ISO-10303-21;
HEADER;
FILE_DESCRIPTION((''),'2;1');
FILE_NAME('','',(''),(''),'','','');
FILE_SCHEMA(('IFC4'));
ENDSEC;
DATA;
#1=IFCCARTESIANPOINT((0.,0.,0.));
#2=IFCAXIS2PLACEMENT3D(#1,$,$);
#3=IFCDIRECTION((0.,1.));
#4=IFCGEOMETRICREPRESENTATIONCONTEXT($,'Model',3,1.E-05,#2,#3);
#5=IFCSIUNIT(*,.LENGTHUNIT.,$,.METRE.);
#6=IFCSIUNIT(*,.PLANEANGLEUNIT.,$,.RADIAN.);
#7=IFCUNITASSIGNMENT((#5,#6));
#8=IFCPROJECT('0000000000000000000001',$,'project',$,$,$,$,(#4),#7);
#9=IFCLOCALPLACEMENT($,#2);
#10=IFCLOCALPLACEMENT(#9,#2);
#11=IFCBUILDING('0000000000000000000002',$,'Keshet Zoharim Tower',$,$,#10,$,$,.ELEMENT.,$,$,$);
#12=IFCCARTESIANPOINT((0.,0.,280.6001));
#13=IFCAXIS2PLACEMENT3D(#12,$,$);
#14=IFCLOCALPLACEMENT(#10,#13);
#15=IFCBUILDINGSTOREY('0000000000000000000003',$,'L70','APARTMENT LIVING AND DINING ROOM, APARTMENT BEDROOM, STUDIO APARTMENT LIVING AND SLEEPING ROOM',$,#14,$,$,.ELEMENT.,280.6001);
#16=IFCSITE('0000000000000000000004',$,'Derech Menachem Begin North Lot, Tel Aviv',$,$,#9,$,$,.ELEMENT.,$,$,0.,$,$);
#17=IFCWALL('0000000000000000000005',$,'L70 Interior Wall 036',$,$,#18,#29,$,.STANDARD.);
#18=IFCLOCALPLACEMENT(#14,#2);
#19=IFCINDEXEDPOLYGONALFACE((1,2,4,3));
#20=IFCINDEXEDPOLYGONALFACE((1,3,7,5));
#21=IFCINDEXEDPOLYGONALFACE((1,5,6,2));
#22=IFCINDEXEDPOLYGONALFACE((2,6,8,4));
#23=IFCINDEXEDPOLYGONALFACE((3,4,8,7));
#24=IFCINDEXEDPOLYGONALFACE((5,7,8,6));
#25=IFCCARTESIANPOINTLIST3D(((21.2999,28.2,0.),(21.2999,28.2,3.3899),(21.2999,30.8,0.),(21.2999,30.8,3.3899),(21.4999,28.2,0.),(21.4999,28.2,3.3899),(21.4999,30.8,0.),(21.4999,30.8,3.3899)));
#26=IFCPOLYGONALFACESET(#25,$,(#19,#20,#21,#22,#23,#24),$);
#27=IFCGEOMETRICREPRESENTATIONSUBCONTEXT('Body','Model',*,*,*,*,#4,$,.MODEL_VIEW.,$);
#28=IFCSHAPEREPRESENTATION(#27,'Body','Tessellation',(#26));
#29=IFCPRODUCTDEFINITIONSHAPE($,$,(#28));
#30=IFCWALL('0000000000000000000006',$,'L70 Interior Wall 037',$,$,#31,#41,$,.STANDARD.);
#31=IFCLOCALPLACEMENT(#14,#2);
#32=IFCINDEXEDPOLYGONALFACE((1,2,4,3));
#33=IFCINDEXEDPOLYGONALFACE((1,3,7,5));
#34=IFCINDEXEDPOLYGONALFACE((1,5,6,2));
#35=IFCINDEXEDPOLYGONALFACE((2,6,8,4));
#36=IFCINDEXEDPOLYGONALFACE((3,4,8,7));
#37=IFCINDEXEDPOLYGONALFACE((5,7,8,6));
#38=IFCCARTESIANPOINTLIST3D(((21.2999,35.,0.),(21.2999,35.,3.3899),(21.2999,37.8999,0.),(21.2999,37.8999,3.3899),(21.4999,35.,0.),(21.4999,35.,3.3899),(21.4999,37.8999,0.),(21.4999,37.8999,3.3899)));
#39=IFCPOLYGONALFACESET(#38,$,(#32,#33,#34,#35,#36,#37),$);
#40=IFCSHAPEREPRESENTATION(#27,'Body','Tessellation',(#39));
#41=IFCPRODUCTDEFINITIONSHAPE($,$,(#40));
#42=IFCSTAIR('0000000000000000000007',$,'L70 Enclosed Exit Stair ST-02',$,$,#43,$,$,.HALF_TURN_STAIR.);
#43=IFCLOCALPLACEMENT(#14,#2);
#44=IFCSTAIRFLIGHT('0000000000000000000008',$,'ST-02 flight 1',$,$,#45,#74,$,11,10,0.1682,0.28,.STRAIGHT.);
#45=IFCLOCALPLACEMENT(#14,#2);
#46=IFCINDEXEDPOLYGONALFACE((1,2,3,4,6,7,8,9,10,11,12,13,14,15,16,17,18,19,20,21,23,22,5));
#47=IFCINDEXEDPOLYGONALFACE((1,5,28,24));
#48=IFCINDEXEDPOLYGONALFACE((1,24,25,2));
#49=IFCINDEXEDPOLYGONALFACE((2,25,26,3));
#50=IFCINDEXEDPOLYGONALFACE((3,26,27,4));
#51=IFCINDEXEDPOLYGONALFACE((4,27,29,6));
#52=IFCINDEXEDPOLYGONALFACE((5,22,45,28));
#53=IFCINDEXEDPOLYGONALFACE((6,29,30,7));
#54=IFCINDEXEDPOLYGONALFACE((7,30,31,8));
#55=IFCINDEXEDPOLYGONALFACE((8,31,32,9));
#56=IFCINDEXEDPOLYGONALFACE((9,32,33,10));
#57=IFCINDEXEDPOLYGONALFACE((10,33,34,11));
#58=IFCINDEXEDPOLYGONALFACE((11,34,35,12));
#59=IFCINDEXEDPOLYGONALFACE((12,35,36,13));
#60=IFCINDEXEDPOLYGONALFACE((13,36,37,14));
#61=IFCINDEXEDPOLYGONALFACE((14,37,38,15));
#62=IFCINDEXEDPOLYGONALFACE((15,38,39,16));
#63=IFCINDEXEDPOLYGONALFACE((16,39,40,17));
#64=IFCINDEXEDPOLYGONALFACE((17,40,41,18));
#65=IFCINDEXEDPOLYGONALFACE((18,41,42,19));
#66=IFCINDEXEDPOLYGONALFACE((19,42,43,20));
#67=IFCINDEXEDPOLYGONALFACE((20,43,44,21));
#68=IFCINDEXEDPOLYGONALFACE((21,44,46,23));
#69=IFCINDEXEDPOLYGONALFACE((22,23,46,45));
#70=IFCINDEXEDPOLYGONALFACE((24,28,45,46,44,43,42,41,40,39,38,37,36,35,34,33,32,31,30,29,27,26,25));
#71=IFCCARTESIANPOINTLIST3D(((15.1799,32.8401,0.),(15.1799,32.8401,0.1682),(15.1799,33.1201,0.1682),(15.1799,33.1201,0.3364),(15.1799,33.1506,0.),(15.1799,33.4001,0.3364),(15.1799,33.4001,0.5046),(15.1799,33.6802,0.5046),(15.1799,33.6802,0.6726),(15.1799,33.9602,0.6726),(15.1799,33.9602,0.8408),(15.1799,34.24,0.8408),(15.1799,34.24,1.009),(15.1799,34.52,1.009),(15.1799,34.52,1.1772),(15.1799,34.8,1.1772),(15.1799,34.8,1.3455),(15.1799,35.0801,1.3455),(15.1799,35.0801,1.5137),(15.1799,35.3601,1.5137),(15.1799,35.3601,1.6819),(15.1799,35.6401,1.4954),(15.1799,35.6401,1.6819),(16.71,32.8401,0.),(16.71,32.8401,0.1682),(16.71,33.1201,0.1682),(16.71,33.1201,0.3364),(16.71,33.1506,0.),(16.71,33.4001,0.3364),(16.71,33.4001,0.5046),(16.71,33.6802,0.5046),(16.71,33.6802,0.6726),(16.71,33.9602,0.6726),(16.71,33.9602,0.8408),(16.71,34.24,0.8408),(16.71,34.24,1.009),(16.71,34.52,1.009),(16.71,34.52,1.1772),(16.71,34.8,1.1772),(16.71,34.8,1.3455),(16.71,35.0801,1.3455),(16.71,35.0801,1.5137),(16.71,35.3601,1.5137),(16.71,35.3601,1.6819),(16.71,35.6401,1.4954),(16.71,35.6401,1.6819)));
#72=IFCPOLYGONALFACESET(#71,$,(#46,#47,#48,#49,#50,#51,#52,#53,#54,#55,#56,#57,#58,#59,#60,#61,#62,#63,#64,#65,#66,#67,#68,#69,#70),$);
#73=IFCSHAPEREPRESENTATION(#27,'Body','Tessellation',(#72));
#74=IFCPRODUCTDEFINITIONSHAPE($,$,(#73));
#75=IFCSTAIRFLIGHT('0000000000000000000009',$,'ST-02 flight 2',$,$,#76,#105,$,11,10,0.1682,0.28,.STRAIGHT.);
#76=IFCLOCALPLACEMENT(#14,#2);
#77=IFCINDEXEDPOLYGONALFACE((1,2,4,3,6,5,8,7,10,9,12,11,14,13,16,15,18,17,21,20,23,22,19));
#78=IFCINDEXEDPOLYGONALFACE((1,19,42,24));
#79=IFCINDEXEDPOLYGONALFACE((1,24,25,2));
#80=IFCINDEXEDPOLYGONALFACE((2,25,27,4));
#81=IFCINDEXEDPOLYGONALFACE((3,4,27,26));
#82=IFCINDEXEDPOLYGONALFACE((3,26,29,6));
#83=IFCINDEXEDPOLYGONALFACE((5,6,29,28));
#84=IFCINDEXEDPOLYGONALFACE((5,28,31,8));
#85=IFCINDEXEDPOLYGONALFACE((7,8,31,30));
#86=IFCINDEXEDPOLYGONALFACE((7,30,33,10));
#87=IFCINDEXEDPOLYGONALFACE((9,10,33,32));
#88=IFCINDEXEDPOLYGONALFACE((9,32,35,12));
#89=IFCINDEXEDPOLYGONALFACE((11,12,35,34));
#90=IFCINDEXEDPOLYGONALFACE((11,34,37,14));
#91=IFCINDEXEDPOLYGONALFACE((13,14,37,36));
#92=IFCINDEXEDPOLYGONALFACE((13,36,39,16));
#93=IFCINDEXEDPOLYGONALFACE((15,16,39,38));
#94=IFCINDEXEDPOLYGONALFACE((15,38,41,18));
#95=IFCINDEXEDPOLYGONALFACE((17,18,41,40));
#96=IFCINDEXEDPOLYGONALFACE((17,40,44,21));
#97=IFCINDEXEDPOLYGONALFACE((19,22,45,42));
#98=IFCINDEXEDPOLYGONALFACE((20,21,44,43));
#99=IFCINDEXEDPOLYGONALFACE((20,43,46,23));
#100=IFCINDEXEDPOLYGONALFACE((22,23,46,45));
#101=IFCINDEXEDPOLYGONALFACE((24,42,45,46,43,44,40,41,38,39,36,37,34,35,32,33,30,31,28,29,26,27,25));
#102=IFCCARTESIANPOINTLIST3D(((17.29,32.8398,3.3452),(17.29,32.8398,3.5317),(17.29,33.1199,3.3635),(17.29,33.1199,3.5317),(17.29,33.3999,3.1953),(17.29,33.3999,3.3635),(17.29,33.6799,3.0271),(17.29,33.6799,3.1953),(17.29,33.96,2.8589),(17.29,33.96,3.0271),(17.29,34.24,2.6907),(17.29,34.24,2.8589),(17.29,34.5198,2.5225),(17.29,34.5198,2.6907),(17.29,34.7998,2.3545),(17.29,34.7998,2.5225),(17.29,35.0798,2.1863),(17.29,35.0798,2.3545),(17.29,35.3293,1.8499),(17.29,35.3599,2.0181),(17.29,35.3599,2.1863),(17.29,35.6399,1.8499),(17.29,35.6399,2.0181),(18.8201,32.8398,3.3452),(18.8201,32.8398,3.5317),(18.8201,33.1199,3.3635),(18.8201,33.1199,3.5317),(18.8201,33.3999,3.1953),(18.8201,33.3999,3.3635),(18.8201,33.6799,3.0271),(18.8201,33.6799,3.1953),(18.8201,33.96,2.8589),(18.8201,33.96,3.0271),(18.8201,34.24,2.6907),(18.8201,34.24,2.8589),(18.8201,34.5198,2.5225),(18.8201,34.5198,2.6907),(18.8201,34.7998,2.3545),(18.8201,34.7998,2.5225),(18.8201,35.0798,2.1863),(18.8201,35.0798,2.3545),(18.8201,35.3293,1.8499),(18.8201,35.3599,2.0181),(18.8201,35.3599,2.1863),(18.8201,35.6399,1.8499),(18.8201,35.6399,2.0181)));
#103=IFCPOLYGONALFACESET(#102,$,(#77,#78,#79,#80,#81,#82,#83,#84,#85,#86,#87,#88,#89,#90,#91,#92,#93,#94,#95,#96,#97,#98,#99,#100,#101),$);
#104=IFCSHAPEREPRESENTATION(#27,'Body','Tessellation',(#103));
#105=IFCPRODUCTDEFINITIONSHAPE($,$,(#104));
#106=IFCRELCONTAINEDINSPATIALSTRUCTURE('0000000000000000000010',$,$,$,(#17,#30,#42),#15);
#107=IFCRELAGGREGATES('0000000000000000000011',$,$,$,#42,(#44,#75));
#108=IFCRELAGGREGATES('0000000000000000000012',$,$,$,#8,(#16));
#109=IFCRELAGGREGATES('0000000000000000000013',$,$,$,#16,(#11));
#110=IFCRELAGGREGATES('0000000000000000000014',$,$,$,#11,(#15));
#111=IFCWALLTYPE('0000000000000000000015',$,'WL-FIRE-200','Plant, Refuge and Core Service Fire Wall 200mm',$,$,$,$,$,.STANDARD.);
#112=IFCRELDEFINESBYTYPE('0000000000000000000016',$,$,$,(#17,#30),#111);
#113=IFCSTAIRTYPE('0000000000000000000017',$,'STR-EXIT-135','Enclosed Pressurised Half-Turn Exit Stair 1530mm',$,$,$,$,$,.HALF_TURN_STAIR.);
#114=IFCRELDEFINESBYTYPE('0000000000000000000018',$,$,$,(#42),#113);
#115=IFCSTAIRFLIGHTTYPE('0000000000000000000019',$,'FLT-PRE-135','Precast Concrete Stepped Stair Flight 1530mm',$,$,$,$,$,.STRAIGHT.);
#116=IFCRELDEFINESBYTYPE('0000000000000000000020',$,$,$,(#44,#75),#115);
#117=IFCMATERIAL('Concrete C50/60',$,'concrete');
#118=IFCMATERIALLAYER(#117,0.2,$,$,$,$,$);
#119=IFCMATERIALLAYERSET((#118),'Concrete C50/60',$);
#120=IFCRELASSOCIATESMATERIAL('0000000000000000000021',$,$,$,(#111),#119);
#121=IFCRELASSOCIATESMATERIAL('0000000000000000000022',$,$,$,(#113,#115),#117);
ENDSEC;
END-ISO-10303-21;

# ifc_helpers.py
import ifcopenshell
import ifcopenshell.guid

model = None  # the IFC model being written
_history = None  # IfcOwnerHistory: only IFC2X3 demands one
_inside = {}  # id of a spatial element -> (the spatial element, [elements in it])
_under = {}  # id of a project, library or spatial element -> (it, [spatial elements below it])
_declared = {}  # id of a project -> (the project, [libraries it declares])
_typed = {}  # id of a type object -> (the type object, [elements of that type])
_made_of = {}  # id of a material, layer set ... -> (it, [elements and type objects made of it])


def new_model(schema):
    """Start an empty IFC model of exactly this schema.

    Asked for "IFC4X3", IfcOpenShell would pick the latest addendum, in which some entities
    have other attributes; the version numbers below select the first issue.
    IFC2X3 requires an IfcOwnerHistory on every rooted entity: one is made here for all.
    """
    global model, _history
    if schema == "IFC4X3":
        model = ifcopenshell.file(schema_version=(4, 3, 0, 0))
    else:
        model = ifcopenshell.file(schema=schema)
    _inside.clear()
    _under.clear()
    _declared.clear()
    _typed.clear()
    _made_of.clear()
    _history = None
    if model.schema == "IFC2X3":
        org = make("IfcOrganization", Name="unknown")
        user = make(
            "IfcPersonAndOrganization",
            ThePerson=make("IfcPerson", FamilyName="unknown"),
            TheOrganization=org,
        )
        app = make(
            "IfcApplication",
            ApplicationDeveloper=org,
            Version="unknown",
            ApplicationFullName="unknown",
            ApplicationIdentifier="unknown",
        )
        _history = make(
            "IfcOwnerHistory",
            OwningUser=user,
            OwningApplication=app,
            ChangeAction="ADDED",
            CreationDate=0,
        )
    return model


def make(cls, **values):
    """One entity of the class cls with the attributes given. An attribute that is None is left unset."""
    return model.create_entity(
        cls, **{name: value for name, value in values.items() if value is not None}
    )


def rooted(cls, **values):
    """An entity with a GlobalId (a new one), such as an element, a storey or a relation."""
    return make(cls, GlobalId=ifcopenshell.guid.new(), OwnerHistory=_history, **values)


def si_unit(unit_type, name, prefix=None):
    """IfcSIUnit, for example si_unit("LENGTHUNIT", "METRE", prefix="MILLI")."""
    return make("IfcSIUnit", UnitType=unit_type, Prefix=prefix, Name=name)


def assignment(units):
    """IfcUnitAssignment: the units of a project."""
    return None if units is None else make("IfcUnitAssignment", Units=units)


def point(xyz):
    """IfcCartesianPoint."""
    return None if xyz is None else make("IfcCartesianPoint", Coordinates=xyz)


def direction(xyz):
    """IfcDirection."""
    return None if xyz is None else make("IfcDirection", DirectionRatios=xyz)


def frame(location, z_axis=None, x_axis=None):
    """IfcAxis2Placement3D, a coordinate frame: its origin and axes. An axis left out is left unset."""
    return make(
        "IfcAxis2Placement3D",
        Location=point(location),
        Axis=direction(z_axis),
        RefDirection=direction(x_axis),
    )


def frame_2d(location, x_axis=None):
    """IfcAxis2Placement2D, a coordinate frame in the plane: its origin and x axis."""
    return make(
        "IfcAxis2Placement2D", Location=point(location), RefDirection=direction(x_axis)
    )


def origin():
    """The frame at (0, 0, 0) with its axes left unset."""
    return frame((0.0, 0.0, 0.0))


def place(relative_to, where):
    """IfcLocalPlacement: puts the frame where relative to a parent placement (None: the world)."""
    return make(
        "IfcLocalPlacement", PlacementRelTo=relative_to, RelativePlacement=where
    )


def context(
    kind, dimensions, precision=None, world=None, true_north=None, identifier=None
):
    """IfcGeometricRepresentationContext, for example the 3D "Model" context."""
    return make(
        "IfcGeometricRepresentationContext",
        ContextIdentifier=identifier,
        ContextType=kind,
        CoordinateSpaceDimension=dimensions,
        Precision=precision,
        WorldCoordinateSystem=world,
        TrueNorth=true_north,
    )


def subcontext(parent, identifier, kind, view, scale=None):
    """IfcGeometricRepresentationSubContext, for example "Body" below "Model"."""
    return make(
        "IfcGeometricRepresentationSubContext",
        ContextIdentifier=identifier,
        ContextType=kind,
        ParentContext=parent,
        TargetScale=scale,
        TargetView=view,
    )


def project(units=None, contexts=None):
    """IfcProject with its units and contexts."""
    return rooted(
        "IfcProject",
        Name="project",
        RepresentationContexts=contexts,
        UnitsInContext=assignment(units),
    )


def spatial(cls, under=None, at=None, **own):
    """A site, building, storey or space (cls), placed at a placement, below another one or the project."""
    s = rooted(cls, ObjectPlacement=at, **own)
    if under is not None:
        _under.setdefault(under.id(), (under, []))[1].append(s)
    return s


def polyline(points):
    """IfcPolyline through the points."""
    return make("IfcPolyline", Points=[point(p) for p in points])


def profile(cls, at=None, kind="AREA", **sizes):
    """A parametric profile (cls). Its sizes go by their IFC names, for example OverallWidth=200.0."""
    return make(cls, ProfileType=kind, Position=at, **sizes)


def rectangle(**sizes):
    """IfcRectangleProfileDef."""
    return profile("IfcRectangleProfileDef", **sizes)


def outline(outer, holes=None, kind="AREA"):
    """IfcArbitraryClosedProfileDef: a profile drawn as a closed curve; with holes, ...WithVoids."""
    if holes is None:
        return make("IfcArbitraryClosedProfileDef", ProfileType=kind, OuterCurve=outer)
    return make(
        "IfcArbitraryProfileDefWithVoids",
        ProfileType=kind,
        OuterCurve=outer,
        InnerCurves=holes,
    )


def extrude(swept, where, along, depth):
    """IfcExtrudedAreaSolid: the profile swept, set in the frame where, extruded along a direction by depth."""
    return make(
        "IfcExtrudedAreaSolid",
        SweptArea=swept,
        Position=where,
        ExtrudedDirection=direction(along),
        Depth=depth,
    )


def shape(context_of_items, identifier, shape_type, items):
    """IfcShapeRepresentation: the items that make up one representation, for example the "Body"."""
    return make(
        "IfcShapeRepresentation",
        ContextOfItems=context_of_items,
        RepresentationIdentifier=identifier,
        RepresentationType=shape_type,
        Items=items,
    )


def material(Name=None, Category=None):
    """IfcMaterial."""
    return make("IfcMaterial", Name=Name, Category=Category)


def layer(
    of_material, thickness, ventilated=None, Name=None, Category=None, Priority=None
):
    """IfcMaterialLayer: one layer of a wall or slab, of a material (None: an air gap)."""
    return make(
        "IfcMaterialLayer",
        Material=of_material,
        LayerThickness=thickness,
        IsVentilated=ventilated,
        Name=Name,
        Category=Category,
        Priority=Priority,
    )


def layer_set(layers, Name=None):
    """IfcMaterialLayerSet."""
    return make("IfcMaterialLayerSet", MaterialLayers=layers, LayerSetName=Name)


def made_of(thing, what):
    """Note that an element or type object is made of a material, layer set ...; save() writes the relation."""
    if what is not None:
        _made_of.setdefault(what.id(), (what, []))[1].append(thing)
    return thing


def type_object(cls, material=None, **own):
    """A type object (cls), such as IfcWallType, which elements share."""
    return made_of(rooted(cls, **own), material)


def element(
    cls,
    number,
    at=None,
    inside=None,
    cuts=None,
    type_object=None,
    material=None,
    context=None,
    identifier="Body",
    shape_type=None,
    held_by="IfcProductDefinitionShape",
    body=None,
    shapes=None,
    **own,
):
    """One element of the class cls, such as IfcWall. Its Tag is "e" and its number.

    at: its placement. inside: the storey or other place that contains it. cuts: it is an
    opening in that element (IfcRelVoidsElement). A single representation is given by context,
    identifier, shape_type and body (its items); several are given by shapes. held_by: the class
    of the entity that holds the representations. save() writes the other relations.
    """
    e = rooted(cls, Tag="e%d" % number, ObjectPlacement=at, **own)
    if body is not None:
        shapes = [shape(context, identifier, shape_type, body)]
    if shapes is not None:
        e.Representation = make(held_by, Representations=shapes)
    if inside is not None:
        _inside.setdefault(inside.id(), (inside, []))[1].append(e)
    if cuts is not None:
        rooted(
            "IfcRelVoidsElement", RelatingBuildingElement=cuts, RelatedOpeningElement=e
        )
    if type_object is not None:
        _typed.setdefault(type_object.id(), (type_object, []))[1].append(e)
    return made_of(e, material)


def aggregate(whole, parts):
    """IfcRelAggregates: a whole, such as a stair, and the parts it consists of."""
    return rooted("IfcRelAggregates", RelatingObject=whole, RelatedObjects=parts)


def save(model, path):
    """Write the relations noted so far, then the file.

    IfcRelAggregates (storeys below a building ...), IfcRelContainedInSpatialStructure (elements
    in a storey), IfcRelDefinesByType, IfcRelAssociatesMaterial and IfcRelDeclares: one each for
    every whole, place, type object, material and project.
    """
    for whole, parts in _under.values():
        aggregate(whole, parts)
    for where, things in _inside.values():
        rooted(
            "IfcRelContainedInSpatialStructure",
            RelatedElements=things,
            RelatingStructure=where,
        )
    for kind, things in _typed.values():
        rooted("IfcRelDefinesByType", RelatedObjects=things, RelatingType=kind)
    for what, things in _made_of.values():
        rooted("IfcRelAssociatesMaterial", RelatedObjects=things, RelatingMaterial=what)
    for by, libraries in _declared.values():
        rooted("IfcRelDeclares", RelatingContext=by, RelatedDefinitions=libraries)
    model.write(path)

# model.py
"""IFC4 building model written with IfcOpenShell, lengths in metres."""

from ifc_helpers import new_model, si_unit, direction, frame, frame_2d, origin, place, context, subcontext, project, spatial, polyline, rectangle, outline, extrude, material, layer, layer_set, type_object, element, aggregate, save


model = new_model("IFC4")

# Units and contexts
model_context = context("Model", 3, precision=1e-05, world=origin(), true_north=direction((0.0, 1.0)))
body_context = subcontext(model_context, "Body", "Model", "MODEL_VIEW")
ifc_project = project(units=[si_unit("LENGTHUNIT", "METRE"), si_unit("PLANEANGLEUNIT", "RADIAN")], contexts=[model_context])

# Site, building, storey
site_placement = place(None, origin())
site = spatial("IfcSite", under=ifc_project, at=site_placement, Name="Derech Menachem Begin North Lot, Tel Aviv", CompositionType="ELEMENT", RefElevation=0.0)
building_placement = place(site_placement, origin())
building = spatial("IfcBuilding", under=site, at=building_placement, Name="Keshet Zoharim Tower", CompositionType="ELEMENT")
storey_placement = place(building_placement, frame((0.0, 0.0, 280.6001)))
storey = spatial("IfcBuildingStorey", under=building, at=storey_placement, Name="L70", Description="APARTMENT LIVING AND DINING ROOM, APARTMENT BEDROOM, STUDIO APARTMENT LIVING AND SLEEPING ROOM", CompositionType="ELEMENT", Elevation=280.6001)

# Walls
ifc_material_1 = material(Name="Concrete C50/60", Category="concrete")
ifc_layer_1 = layer(ifc_material_1, 0.2)
ifc_layer_set_1 = layer_set([ifc_layer_1], Name="Concrete C50/60")
wall_type_1 = type_object("IfcWallType", Name="WL-FIRE-200", Description="Plant, Refuge and Core Service Fire Wall 200mm", PredefinedType="STANDARD", material=ifc_layer_set_1)
wall_1_placement = place(storey_placement, frame((21.3999, 28.2, 0.0), z_axis=(0.0, 0.0, 1.0), x_axis=(0.0, 1.0, 0.0)))
element("IfcWall", 1, at=wall_1_placement, inside=storey, type_object=wall_type_1, Name="L70 Interior Wall 036", PredefinedType="STANDARD", context=body_context, shape_type="SweptSolid", body=[
    extrude(rectangle(XDim=2.6001, YDim=0.2, at=frame_2d((1.3, 0.0))), origin(), (0.0, 0.0, 1.0), 3.3899),
])
wall_2_placement = place(storey_placement, frame((21.3999, 35.0, 0.0), z_axis=(0.0, 0.0, 1.0), x_axis=(0.0, 1.0, 0.0)))
element("IfcWall", 2, at=wall_2_placement, inside=storey, type_object=wall_type_1, Name="L70 Interior Wall 037", PredefinedType="STANDARD", context=body_context, shape_type="SweptSolid", body=[
    extrude(rectangle(XDim=2.8999, YDim=0.2, at=frame_2d((1.45, 0.0))), origin(), (0.0, 0.0, 1.0), 3.3899),
])

# Stair, stair flights
stair_type = type_object("IfcStairType", Name="STR-EXIT-135", Description="Enclosed Pressurised Half-Turn Exit Stair 1530mm", PredefinedType="HALF_TURN_STAIR", material=ifc_material_1)
stair_placement = place(storey_placement, origin())
stair = element("IfcStair", 3, at=stair_placement, inside=storey, type_object=stair_type, Name="L70 Enclosed Exit Stair ST-02", PredefinedType="HALF_TURN_STAIR")
stair_flight_type = type_object("IfcStairFlightType", Name="FLT-PRE-135", Description="Precast Concrete Stepped Stair Flight 1530mm", PredefinedType="STRAIGHT", material=ifc_material_1)
stair_flight_1_placement = place(storey_placement, frame((15.9451, 32.8401, 0.0), z_axis=(0.0, 0.0, 1.0), x_axis=(0.0, 1.0, 0.0)))
stair_flight_1 = element("IfcStairFlight", 4, at=stair_flight_1_placement, type_object=stair_flight_type, Name="ST-02 flight 1", NumberOfRisers=11, NumberOfTreads=10, PredefinedType="STRAIGHT", RiserHeight=0.1682, TreadLength=0.28, context=body_context, shape_type="SweptSolid", body=[
    extrude(outline(polyline([(0.0, 0.0), (0.0, 0.1682), (0.28, 0.1682), (0.28, 0.3364), (0.5601, 0.3364), (0.5601, 0.5046), (0.8401, 0.5046), (0.8401, 0.6726), (1.1201, 0.6726), (1.1201, 0.8408), (1.3999, 0.8408), (1.3999, 1.009), (1.6799, 1.009), (1.6799, 1.1772), (1.96, 1.1772), (1.96, 1.3455), (2.24, 1.3455), (2.24, 1.5137), (2.52, 1.5137), (2.52, 1.6819), (2.8, 1.6819), (2.8, 1.8501), (2.8, 1.4954), (0.3105, 0.0), (0.0, 0.0)])), frame((0.0, 0.7651, 0.0), z_axis=(0.0, -1.0, 0.0), x_axis=(1.0, 0.0, 0.0)), (0.0, 0.0, 1.0), 1.53),
])
stair_flight_2_placement = place(storey_placement, frame((18.0549, 35.6399, 1.8499), z_axis=(0.0, 0.0, 1.0), x_axis=(0.0, -1.0, 0.0)))
stair_flight_2 = element("IfcStairFlight", 5, at=stair_flight_2_placement, type_object=stair_flight_type, Name="ST-02 flight 2", NumberOfRisers=11, NumberOfTreads=10, PredefinedType="STRAIGHT", RiserHeight=0.1682, TreadLength=0.28, context=body_context, shape_type="SweptSolid", body=[
    extrude(outline(polyline([(0.0, 0.0), (0.0, 0.1682), (0.28, 0.1682), (0.28, 0.3364), (0.5601, 0.3364), (0.5601, 0.5046), (0.8401, 0.5046), (0.8401, 0.6726), (1.1201, 0.6726), (1.1201, 0.8408), (1.3999, 0.8408), (1.3999, 1.009), (1.6799, 1.009), (1.6799, 1.1772), (1.96, 1.1772), (1.96, 1.3455), (2.24, 1.3455), (2.24, 1.5137), (2.52, 1.5137), (2.52, 1.6819), (2.8, 1.6819), (2.8, 1.8501), (2.8, 1.4954), (0.3105, 0.0), (0.0, 0.0)])), frame((0.0, 0.7651, 0.0), z_axis=(0.0, -1.0, 0.0), x_axis=(1.0, 0.0, 0.0)), (0.0, 0.0, 1.0), 1.53),
])
aggregate(stair, [stair_flight_1, stair_flight_2])

save(model, "model.ifc")
